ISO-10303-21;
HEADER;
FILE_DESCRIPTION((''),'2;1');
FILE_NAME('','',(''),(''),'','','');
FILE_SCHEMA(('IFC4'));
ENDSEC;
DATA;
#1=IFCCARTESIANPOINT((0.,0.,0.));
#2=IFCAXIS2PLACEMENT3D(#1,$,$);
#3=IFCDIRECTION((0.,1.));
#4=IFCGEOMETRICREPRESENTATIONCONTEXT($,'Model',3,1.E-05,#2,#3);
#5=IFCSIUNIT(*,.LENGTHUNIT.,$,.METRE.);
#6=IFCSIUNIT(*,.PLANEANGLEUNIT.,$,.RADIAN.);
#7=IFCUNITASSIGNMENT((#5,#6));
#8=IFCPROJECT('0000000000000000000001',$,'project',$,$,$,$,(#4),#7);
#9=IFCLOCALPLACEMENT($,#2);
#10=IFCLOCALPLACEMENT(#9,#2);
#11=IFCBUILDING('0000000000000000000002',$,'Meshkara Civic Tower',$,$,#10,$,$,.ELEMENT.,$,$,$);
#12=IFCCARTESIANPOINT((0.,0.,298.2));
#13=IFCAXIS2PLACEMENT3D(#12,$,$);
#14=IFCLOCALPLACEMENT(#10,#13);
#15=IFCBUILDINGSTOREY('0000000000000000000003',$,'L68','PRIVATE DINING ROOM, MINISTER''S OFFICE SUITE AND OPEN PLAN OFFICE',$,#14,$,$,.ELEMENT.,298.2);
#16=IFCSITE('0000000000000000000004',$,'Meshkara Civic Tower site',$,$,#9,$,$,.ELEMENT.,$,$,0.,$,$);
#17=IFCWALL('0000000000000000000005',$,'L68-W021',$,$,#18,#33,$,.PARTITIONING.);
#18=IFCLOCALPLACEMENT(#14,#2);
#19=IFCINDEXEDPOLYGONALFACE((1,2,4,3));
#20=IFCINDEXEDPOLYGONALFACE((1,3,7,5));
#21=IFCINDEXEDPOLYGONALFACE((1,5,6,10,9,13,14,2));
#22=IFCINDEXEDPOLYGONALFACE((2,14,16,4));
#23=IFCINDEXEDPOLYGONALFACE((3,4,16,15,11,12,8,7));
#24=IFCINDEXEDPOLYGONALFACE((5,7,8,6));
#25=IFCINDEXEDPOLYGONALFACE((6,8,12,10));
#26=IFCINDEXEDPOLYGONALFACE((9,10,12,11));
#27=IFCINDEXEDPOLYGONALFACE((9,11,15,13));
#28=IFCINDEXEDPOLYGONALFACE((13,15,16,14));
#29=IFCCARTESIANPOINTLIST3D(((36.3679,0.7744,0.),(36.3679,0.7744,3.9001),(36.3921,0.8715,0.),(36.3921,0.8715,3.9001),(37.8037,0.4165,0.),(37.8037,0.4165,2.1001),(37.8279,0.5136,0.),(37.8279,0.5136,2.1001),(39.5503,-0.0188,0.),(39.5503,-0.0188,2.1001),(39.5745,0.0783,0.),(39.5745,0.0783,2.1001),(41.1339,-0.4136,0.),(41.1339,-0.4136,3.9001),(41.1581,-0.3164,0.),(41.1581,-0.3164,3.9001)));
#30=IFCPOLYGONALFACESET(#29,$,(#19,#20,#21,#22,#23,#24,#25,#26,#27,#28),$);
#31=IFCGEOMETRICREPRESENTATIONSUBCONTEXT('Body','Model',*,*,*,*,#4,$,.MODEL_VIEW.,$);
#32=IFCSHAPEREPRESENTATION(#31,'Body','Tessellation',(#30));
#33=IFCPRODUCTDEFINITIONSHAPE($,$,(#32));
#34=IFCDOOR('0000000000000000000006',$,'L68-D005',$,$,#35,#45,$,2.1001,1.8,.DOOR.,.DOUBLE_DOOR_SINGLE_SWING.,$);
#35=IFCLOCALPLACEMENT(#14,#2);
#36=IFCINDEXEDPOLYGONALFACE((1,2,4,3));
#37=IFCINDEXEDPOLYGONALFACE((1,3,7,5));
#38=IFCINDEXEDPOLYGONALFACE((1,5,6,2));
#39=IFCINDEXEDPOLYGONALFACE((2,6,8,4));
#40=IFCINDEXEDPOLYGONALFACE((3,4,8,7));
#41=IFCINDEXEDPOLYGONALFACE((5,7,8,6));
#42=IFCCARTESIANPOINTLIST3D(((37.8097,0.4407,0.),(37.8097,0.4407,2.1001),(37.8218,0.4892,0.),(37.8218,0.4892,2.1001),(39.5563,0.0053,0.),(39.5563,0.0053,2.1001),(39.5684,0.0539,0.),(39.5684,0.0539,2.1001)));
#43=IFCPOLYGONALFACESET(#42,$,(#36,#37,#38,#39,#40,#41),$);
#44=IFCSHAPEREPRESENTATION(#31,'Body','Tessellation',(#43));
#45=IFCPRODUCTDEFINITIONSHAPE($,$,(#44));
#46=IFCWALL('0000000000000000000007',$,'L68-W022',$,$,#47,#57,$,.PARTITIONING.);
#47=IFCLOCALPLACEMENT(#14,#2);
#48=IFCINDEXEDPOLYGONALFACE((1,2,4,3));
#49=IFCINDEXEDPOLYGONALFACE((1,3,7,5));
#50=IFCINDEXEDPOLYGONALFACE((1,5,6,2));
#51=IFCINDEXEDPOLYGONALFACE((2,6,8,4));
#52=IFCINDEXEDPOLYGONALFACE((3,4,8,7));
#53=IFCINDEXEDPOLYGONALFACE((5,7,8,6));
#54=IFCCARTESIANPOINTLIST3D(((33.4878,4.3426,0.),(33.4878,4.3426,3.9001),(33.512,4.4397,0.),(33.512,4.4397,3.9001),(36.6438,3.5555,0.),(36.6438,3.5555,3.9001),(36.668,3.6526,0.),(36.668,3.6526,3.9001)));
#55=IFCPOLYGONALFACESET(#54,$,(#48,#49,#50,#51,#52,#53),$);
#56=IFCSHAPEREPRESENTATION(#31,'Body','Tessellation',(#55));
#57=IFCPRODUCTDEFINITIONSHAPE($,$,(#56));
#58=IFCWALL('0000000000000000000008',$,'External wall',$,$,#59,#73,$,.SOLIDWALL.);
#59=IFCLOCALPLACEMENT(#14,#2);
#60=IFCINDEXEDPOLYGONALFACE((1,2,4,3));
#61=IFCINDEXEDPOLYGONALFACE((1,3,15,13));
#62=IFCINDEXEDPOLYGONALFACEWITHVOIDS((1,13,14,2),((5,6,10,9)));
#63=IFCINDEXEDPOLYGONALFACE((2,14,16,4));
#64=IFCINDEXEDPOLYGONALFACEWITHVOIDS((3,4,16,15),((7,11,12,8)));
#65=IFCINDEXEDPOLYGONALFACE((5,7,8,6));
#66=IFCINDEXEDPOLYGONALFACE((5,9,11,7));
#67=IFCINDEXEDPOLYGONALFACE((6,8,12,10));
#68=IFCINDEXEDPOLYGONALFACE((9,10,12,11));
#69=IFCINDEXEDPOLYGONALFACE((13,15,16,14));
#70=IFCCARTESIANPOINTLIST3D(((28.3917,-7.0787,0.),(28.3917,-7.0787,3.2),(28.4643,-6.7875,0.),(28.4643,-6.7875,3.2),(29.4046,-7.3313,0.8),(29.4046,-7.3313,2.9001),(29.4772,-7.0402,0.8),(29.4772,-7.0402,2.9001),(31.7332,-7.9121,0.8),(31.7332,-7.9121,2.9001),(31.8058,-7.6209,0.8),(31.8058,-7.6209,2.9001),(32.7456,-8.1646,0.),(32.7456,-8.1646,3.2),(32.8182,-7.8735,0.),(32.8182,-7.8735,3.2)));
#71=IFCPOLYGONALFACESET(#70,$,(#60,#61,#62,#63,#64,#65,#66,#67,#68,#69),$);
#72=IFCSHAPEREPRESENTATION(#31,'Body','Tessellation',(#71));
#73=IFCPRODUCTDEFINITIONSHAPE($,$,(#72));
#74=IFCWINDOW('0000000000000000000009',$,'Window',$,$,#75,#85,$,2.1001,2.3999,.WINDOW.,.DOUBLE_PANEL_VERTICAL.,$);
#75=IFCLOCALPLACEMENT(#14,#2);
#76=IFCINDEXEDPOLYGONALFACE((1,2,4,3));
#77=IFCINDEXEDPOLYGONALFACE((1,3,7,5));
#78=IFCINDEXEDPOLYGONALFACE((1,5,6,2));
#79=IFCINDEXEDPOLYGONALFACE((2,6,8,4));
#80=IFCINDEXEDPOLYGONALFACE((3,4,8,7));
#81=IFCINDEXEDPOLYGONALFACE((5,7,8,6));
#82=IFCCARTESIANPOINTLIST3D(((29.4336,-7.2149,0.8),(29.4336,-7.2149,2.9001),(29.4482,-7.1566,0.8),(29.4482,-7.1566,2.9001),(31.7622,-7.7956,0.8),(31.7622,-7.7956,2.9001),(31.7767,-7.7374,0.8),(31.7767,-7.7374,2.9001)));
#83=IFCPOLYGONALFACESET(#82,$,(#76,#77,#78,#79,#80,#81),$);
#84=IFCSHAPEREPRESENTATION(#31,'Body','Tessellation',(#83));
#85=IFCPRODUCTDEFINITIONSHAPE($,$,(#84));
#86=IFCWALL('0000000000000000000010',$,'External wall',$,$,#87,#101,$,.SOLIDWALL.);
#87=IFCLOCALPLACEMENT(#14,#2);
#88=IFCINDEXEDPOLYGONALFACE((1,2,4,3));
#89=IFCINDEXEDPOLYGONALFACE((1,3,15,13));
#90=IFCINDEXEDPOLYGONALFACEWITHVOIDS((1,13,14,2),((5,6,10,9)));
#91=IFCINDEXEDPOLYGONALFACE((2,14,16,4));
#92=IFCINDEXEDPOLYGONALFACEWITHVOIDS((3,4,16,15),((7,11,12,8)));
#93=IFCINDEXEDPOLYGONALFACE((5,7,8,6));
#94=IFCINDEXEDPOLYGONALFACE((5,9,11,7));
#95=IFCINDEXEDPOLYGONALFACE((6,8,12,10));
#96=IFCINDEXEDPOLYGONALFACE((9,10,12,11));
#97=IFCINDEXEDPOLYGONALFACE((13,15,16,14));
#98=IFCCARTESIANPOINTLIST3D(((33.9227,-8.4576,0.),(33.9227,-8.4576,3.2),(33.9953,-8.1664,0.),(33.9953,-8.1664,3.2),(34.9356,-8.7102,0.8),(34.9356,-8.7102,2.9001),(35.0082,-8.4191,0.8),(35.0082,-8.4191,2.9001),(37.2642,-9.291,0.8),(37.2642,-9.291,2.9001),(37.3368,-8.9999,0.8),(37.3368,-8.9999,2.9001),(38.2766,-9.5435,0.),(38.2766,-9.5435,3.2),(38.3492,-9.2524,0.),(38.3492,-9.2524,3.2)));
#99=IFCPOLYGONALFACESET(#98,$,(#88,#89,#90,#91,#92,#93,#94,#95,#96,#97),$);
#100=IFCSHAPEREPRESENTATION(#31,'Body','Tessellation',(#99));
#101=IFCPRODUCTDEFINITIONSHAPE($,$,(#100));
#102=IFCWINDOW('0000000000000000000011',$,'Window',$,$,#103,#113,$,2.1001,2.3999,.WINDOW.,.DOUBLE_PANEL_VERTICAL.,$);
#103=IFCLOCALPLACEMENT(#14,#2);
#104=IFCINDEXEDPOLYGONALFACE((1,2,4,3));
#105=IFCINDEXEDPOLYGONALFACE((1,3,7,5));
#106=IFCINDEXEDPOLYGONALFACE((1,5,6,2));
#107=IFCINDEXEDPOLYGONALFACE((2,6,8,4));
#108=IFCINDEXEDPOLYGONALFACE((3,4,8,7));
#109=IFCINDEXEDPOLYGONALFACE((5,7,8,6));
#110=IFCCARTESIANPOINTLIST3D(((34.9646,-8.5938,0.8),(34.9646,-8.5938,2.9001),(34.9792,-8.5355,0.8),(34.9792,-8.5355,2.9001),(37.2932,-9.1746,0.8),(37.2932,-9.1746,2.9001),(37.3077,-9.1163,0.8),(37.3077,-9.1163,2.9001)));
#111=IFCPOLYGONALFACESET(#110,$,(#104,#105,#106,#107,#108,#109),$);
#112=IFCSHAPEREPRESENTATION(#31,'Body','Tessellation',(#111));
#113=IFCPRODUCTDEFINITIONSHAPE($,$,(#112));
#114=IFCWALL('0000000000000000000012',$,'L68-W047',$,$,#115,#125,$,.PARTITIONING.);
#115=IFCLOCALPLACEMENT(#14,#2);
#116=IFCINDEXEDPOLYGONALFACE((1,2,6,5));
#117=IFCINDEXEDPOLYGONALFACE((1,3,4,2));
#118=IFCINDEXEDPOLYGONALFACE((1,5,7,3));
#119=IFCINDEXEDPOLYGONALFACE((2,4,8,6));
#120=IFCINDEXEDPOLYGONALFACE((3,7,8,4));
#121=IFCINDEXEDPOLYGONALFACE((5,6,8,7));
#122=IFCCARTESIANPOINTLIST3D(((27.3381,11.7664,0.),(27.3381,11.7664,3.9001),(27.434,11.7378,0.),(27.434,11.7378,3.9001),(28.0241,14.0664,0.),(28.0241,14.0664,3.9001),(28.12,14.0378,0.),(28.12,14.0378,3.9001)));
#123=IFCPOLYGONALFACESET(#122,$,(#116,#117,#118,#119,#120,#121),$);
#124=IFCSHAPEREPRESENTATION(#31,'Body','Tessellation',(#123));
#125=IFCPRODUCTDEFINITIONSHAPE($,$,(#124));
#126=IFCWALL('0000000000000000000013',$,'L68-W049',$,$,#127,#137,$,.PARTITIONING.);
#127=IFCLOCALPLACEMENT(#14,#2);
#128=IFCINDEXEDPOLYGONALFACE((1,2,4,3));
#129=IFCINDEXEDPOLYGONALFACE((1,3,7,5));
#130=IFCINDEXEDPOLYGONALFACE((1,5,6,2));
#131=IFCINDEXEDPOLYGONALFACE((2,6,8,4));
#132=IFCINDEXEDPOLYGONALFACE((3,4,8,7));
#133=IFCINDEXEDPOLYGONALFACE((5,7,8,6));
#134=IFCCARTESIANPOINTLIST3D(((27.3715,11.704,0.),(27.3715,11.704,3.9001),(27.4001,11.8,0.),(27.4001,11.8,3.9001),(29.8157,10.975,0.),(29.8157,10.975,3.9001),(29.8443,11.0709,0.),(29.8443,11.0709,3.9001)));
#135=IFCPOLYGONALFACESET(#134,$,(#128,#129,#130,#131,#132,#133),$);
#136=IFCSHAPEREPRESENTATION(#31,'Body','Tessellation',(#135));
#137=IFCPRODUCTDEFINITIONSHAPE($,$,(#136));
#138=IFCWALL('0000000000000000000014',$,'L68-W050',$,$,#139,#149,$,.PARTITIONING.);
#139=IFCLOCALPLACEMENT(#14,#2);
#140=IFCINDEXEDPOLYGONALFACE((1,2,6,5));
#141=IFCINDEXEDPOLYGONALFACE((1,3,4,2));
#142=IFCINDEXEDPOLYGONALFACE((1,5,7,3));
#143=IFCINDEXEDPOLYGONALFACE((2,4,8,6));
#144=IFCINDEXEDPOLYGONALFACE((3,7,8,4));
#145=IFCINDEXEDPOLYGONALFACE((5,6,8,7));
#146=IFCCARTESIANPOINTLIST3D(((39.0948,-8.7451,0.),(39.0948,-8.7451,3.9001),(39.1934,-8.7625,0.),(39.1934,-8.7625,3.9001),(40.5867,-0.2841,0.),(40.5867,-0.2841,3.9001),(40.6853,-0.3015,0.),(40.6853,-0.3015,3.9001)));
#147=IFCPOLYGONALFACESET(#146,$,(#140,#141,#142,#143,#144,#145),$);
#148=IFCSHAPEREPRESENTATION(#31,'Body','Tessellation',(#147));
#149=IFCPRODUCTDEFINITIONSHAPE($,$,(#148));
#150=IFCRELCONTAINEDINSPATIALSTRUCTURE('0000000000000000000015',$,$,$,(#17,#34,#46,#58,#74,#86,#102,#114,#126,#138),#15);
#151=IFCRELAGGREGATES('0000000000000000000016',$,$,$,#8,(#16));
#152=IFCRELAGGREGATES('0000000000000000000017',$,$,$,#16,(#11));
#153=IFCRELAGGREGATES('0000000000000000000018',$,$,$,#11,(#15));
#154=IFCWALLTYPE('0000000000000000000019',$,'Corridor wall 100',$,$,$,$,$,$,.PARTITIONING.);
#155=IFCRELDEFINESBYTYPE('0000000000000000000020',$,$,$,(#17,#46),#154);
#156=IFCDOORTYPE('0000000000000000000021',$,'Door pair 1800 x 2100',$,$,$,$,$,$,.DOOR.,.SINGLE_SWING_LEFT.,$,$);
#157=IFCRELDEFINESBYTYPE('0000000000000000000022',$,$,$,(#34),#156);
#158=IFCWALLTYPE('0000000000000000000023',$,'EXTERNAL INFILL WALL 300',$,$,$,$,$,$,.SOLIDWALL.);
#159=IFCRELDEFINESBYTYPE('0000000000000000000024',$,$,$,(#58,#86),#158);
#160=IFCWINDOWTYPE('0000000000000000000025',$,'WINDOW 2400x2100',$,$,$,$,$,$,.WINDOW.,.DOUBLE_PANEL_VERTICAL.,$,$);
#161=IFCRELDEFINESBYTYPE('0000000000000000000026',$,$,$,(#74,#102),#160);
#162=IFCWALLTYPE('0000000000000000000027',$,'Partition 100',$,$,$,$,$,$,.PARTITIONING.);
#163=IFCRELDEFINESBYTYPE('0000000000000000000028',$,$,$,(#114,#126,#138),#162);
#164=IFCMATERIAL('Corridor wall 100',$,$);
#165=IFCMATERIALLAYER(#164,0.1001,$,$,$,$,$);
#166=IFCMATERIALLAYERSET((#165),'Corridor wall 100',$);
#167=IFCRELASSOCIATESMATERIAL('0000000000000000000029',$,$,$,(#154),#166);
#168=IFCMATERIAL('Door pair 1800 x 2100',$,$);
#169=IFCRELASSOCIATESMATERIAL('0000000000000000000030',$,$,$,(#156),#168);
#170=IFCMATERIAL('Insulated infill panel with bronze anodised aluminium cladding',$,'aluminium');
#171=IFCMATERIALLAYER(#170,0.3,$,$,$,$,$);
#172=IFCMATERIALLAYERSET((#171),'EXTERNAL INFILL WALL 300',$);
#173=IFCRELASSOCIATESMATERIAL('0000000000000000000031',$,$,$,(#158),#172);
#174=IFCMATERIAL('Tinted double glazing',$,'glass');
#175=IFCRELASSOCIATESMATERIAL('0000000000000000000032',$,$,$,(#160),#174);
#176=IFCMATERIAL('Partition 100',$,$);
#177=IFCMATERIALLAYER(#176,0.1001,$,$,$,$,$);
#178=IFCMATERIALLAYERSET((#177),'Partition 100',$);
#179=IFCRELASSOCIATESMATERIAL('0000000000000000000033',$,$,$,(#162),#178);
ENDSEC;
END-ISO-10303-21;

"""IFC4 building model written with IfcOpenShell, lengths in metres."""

from ifc_helpers import new_model, si_unit, direction, frame, frame_2d, origin, place, context, subcontext, project, spatial, rectangle, extrude, material, layer, layer_set, type_object, element, fill, save


model = new_model("IFC4")

# Units and contexts
model_context = context("Model", 3, precision=1e-05, world=origin(), true_north=direction((0.0, 1.0)))
body_context = subcontext(model_context, "Body", "Model", "MODEL_VIEW")
ifc_project = project(units=[si_unit("LENGTHUNIT", "METRE"), si_unit("PLANEANGLEUNIT", "RADIAN")], contexts=[model_context])

# Site, building, storey
site_placement = place(None, origin())
site = spatial("IfcSite", under=ifc_project, at=site_placement, Name="Meshkara Civic Tower site", CompositionType="ELEMENT", RefElevation=0.0)
building_placement = place(site_placement, origin())
building = spatial("IfcBuilding", under=site, at=building_placement, Name="Meshkara Civic Tower", CompositionType="ELEMENT")
storey_placement = place(building_placement, frame((0.0, 0.0, 298.2)))
storey = spatial("IfcBuildingStorey", under=building, at=storey_placement, Name="L68", Description="PRIVATE DINING ROOM, MINISTER'S OFFICE SUITE AND OPEN PLAN OFFICE", CompositionType="ELEMENT", Elevation=298.2)

# Wall, opening, door
ifc_material_1 = material(Name="Corridor wall 100")
ifc_layer_1 = layer(ifc_material_1, 0.1001)
ifc_layer_set_1 = layer_set([ifc_layer_1], Name="Corridor wall 100")
wall_type_1 = type_object("IfcWallType", Name="Corridor wall 100", PredefinedType="PARTITIONING", material=ifc_layer_set_1)
wall_1_placement = place(storey_placement, frame((36.3799, 0.823, 0.0), z_axis=(0.0, 0.0, 1.0), x_axis=(0.970312, -0.241857, 0.0)))
wall_1 = element("IfcWall", 1, at=wall_1_placement, inside=storey, type_object=wall_type_1, Name="L68-W021", PredefinedType="PARTITIONING", context=body_context, shape_type="SweptSolid", body=[
    extrude(rectangle(XDim=4.9119, YDim=0.1001, at=frame_2d((2.4561, 0.0))), origin(), (0.0, 0.0, 1.0), 3.9001),
])
opening_1_placement = place(wall_1_placement, frame((1.48, 0.0, 0.0)))
opening_1 = element("IfcOpeningElement", 2, at=opening_1_placement, cuts=wall_1, PredefinedType="OPENING", context=body_context, shape_type="SweptSolid", body=[
    extrude(rectangle(XDim=1.8, YDim=2.1001, at=frame_2d((0.8999, 1.05))), frame((0.0, 0.0601, 0.0), z_axis=(0.0, -1.0, 0.0), x_axis=(1.0, 0.0, 0.0)), (0.0, 0.0, 1.0), 0.1201),
])
ifc_material_2 = material(Name="Door pair 1800 x 2100")
door_type_1 = type_object("IfcDoorType", Name="Door pair 1800 x 2100", OperationType="SINGLE_SWING_LEFT", PredefinedType="DOOR", material=ifc_material_2)
door_1_placement = place(opening_1_placement, origin())
door_1 = element("IfcDoor", 3, at=door_1_placement, inside=storey, type_object=door_type_1, Name="L68-D005", OperationType="DOUBLE_DOOR_SINGLE_SWING", OverallHeight=2.1001, OverallWidth=1.8, PredefinedType="DOOR", context=body_context, shape_type="SweptSolid", body=[
    extrude(rectangle(XDim=1.8, YDim=2.1001, at=frame_2d((0.8999, 1.05))), frame((0.0, 0.0249, 0.0), z_axis=(0.0, -1.0, 0.0), x_axis=(1.0, 0.0, 0.0)), (0.0, 0.0, 1.0), 0.05),
])
fill(opening_1, door_1)

# Wall
wall_2_placement = place(storey_placement, frame((36.656, 3.604, 0.0), z_axis=(0.0, 0.0, 1.0), x_axis=(-0.970279, 0.241988, 0.0)))
element("IfcWall", 4, at=wall_2_placement, inside=storey, type_object=wall_type_1, Name="L68-W022", PredefinedType="PARTITIONING", context=body_context, shape_type="SweptSolid", body=[
    extrude(rectangle(XDim=3.2527, YDim=0.1001, at=frame_2d((1.6265, 0.0))), origin(), (0.0, 0.0, 1.0), 3.9001),
])

# Walls, openings, windows
ifc_material_3 = material(Name="Insulated infill panel with bronze anodised aluminium cladding", Category="aluminium")
ifc_layer_2 = layer(ifc_material_3, 0.3)
ifc_layer_set_2 = layer_set([ifc_layer_2], Name="EXTERNAL INFILL WALL 300")
wall_type_2 = type_object("IfcWallType", Name="EXTERNAL INFILL WALL 300", PredefinedType="SOLIDWALL", material=ifc_layer_set_2)
wall_3_placement = place(storey_placement, frame((28.428, -6.9331, 0.0), z_axis=(0.0, 0.0, 1.0), x_axis=(0.970277, -0.241998, 0.0)))
wall_3 = element("IfcWall", 5, at=wall_3_placement, inside=storey, type_object=wall_type_2, Name="External wall", PredefinedType="SOLIDWALL", context=body_context, shape_type="SweptSolid", body=[
    extrude(rectangle(XDim=4.4873, YDim=0.3, at=frame_2d((2.2437, 0.0))), origin(), (0.0, 0.0, 1.0), 3.2),
])
opening_2_placement = place(wall_3_placement, frame((1.0439, 0.0, 0.8)))
opening_2 = element("IfcOpeningElement", 6, at=opening_2_placement, cuts=wall_3, PredefinedType="OPENING", context=body_context, shape_type="SweptSolid", body=[
    extrude(rectangle(XDim=2.3999, YDim=2.1001, at=frame_2d((1.2, 1.05))), frame((0.0, 0.1599, 0.0), z_axis=(0.0, -1.0, 0.0), x_axis=(1.0, 0.0, 0.0)), (0.0, 0.0, 1.0), 0.3201),
])
ifc_material_4 = material(Name="Tinted double glazing", Category="glass")
window_type = type_object("IfcWindowType", Name="WINDOW 2400x2100", PartitioningType="DOUBLE_PANEL_VERTICAL", PredefinedType="WINDOW", material=ifc_material_4)
window_1_placement = place(opening_2_placement, origin())
window_1 = element("IfcWindow", 7, at=window_1_placement, inside=storey, type_object=window_type, Name="Window", OverallHeight=2.1001, OverallWidth=2.3999, PartitioningType="DOUBLE_PANEL_VERTICAL", PredefinedType="WINDOW", context=body_context, shape_type="SweptSolid", body=[
    extrude(rectangle(XDim=2.3999, YDim=2.1001, at=frame_2d((1.2, 1.05))), frame((0.0, 0.03, 0.0), z_axis=(0.0, -1.0, 0.0), x_axis=(1.0, 0.0, 0.0)), (0.0, 0.0, 1.0), 0.0601),
])
fill(opening_2, window_1)
wall_4_placement = place(storey_placement, frame((33.959, -8.312, 0.0), z_axis=(0.0, 0.0, 1.0), x_axis=(0.970277, -0.241998, 0.0)))
wall_4 = element("IfcWall", 8, at=wall_4_placement, inside=storey, type_object=wall_type_2, Name="External wall", PredefinedType="SOLIDWALL", context=body_context, shape_type="SweptSolid", body=[
    extrude(rectangle(XDim=4.4873, YDim=0.3, at=frame_2d((2.2437, 0.0))), origin(), (0.0, 0.0, 1.0), 3.2),
])
opening_3_placement = place(wall_4_placement, frame((1.0439, 0.0, 0.8)))
opening_3 = element("IfcOpeningElement", 9, at=opening_3_placement, cuts=wall_4, PredefinedType="OPENING", context=body_context, shape_type="SweptSolid", body=[
    extrude(rectangle(XDim=2.3999, YDim=2.1001, at=frame_2d((1.2, 1.05))), frame((0.0, 0.1599, 0.0), z_axis=(0.0, -1.0, 0.0), x_axis=(1.0, 0.0, 0.0)), (0.0, 0.0, 1.0), 0.3201),
])
window_2_placement = place(opening_3_placement, origin())
window_2 = element("IfcWindow", 10, at=window_2_placement, inside=storey, type_object=window_type, Name="Window", OverallHeight=2.1001, OverallWidth=2.3999, PartitioningType="DOUBLE_PANEL_VERTICAL", PredefinedType="WINDOW", context=body_context, shape_type="SweptSolid", body=[
    extrude(rectangle(XDim=2.3999, YDim=2.1001, at=frame_2d((1.2, 1.05))), frame((0.0, 0.03, 0.0), z_axis=(0.0, -1.0, 0.0), x_axis=(1.0, 0.0, 0.0)), (0.0, 0.0, 1.0), 0.0601),
])
fill(opening_3, window_2)

# Walls
ifc_material_5 = material(Name="Partition 100")
ifc_layer_3 = layer(ifc_material_5, 0.1001)
ifc_layer_set_3 = layer_set([ifc_layer_3], Name="Partition 100")
wall_type_3 = type_object("IfcWallType", Name="Partition 100", PredefinedType="PARTITIONING", material=ifc_layer_set_3)
wall_5_placement = place(storey_placement, frame((27.386, 11.752, 0.0), z_axis=(0.0, 0.0, 1.0), x_axis=(0.285826, 0.958281, 0.0)))
element("IfcWall", 11, at=wall_5_placement, inside=storey, type_object=wall_type_3, Name="L68-W047", PredefinedType="PARTITIONING", context=body_context, shape_type="SweptSolid", body=[
    extrude(rectangle(XDim=2.4001, YDim=0.1001, at=frame_2d((1.2002, 0.0))), origin(), (0.0, 0.0, 1.0), 3.9001),
])
wall_6_placement = place(storey_placement, frame((29.8301, 11.0229, 0.0), z_axis=(0.0, 0.0, 1.0), x_axis=(-0.958281, 0.285828, 0.0)))
element("IfcWall", 12, at=wall_6_placement, inside=storey, type_object=wall_type_3, Name="L68-W049", PredefinedType="PARTITIONING", context=body_context, shape_type="SweptSolid", body=[
    extrude(rectangle(XDim=2.5505, YDim=0.1001, at=frame_2d((1.2754, 0.0))), origin(), (0.0, 0.0, 1.0), 3.9001),
])
wall_7_placement = place(storey_placement, frame((39.144, -8.7539, 0.0), z_axis=(0.0, 0.0, 1.0), x_axis=(0.173654, 0.984807, 0.0)))
element("IfcWall", 13, at=wall_7_placement, inside=storey, type_object=wall_type_3, Name="L68-W050", PredefinedType="PARTITIONING", context=body_context, shape_type="SweptSolid", body=[
    extrude(rectangle(XDim=8.5916, YDim=0.1001, at=frame_2d((4.2959, 0.0))), origin(), (0.0, 0.0, 1.0), 3.9001),
])

save(model, "model.ifc")
